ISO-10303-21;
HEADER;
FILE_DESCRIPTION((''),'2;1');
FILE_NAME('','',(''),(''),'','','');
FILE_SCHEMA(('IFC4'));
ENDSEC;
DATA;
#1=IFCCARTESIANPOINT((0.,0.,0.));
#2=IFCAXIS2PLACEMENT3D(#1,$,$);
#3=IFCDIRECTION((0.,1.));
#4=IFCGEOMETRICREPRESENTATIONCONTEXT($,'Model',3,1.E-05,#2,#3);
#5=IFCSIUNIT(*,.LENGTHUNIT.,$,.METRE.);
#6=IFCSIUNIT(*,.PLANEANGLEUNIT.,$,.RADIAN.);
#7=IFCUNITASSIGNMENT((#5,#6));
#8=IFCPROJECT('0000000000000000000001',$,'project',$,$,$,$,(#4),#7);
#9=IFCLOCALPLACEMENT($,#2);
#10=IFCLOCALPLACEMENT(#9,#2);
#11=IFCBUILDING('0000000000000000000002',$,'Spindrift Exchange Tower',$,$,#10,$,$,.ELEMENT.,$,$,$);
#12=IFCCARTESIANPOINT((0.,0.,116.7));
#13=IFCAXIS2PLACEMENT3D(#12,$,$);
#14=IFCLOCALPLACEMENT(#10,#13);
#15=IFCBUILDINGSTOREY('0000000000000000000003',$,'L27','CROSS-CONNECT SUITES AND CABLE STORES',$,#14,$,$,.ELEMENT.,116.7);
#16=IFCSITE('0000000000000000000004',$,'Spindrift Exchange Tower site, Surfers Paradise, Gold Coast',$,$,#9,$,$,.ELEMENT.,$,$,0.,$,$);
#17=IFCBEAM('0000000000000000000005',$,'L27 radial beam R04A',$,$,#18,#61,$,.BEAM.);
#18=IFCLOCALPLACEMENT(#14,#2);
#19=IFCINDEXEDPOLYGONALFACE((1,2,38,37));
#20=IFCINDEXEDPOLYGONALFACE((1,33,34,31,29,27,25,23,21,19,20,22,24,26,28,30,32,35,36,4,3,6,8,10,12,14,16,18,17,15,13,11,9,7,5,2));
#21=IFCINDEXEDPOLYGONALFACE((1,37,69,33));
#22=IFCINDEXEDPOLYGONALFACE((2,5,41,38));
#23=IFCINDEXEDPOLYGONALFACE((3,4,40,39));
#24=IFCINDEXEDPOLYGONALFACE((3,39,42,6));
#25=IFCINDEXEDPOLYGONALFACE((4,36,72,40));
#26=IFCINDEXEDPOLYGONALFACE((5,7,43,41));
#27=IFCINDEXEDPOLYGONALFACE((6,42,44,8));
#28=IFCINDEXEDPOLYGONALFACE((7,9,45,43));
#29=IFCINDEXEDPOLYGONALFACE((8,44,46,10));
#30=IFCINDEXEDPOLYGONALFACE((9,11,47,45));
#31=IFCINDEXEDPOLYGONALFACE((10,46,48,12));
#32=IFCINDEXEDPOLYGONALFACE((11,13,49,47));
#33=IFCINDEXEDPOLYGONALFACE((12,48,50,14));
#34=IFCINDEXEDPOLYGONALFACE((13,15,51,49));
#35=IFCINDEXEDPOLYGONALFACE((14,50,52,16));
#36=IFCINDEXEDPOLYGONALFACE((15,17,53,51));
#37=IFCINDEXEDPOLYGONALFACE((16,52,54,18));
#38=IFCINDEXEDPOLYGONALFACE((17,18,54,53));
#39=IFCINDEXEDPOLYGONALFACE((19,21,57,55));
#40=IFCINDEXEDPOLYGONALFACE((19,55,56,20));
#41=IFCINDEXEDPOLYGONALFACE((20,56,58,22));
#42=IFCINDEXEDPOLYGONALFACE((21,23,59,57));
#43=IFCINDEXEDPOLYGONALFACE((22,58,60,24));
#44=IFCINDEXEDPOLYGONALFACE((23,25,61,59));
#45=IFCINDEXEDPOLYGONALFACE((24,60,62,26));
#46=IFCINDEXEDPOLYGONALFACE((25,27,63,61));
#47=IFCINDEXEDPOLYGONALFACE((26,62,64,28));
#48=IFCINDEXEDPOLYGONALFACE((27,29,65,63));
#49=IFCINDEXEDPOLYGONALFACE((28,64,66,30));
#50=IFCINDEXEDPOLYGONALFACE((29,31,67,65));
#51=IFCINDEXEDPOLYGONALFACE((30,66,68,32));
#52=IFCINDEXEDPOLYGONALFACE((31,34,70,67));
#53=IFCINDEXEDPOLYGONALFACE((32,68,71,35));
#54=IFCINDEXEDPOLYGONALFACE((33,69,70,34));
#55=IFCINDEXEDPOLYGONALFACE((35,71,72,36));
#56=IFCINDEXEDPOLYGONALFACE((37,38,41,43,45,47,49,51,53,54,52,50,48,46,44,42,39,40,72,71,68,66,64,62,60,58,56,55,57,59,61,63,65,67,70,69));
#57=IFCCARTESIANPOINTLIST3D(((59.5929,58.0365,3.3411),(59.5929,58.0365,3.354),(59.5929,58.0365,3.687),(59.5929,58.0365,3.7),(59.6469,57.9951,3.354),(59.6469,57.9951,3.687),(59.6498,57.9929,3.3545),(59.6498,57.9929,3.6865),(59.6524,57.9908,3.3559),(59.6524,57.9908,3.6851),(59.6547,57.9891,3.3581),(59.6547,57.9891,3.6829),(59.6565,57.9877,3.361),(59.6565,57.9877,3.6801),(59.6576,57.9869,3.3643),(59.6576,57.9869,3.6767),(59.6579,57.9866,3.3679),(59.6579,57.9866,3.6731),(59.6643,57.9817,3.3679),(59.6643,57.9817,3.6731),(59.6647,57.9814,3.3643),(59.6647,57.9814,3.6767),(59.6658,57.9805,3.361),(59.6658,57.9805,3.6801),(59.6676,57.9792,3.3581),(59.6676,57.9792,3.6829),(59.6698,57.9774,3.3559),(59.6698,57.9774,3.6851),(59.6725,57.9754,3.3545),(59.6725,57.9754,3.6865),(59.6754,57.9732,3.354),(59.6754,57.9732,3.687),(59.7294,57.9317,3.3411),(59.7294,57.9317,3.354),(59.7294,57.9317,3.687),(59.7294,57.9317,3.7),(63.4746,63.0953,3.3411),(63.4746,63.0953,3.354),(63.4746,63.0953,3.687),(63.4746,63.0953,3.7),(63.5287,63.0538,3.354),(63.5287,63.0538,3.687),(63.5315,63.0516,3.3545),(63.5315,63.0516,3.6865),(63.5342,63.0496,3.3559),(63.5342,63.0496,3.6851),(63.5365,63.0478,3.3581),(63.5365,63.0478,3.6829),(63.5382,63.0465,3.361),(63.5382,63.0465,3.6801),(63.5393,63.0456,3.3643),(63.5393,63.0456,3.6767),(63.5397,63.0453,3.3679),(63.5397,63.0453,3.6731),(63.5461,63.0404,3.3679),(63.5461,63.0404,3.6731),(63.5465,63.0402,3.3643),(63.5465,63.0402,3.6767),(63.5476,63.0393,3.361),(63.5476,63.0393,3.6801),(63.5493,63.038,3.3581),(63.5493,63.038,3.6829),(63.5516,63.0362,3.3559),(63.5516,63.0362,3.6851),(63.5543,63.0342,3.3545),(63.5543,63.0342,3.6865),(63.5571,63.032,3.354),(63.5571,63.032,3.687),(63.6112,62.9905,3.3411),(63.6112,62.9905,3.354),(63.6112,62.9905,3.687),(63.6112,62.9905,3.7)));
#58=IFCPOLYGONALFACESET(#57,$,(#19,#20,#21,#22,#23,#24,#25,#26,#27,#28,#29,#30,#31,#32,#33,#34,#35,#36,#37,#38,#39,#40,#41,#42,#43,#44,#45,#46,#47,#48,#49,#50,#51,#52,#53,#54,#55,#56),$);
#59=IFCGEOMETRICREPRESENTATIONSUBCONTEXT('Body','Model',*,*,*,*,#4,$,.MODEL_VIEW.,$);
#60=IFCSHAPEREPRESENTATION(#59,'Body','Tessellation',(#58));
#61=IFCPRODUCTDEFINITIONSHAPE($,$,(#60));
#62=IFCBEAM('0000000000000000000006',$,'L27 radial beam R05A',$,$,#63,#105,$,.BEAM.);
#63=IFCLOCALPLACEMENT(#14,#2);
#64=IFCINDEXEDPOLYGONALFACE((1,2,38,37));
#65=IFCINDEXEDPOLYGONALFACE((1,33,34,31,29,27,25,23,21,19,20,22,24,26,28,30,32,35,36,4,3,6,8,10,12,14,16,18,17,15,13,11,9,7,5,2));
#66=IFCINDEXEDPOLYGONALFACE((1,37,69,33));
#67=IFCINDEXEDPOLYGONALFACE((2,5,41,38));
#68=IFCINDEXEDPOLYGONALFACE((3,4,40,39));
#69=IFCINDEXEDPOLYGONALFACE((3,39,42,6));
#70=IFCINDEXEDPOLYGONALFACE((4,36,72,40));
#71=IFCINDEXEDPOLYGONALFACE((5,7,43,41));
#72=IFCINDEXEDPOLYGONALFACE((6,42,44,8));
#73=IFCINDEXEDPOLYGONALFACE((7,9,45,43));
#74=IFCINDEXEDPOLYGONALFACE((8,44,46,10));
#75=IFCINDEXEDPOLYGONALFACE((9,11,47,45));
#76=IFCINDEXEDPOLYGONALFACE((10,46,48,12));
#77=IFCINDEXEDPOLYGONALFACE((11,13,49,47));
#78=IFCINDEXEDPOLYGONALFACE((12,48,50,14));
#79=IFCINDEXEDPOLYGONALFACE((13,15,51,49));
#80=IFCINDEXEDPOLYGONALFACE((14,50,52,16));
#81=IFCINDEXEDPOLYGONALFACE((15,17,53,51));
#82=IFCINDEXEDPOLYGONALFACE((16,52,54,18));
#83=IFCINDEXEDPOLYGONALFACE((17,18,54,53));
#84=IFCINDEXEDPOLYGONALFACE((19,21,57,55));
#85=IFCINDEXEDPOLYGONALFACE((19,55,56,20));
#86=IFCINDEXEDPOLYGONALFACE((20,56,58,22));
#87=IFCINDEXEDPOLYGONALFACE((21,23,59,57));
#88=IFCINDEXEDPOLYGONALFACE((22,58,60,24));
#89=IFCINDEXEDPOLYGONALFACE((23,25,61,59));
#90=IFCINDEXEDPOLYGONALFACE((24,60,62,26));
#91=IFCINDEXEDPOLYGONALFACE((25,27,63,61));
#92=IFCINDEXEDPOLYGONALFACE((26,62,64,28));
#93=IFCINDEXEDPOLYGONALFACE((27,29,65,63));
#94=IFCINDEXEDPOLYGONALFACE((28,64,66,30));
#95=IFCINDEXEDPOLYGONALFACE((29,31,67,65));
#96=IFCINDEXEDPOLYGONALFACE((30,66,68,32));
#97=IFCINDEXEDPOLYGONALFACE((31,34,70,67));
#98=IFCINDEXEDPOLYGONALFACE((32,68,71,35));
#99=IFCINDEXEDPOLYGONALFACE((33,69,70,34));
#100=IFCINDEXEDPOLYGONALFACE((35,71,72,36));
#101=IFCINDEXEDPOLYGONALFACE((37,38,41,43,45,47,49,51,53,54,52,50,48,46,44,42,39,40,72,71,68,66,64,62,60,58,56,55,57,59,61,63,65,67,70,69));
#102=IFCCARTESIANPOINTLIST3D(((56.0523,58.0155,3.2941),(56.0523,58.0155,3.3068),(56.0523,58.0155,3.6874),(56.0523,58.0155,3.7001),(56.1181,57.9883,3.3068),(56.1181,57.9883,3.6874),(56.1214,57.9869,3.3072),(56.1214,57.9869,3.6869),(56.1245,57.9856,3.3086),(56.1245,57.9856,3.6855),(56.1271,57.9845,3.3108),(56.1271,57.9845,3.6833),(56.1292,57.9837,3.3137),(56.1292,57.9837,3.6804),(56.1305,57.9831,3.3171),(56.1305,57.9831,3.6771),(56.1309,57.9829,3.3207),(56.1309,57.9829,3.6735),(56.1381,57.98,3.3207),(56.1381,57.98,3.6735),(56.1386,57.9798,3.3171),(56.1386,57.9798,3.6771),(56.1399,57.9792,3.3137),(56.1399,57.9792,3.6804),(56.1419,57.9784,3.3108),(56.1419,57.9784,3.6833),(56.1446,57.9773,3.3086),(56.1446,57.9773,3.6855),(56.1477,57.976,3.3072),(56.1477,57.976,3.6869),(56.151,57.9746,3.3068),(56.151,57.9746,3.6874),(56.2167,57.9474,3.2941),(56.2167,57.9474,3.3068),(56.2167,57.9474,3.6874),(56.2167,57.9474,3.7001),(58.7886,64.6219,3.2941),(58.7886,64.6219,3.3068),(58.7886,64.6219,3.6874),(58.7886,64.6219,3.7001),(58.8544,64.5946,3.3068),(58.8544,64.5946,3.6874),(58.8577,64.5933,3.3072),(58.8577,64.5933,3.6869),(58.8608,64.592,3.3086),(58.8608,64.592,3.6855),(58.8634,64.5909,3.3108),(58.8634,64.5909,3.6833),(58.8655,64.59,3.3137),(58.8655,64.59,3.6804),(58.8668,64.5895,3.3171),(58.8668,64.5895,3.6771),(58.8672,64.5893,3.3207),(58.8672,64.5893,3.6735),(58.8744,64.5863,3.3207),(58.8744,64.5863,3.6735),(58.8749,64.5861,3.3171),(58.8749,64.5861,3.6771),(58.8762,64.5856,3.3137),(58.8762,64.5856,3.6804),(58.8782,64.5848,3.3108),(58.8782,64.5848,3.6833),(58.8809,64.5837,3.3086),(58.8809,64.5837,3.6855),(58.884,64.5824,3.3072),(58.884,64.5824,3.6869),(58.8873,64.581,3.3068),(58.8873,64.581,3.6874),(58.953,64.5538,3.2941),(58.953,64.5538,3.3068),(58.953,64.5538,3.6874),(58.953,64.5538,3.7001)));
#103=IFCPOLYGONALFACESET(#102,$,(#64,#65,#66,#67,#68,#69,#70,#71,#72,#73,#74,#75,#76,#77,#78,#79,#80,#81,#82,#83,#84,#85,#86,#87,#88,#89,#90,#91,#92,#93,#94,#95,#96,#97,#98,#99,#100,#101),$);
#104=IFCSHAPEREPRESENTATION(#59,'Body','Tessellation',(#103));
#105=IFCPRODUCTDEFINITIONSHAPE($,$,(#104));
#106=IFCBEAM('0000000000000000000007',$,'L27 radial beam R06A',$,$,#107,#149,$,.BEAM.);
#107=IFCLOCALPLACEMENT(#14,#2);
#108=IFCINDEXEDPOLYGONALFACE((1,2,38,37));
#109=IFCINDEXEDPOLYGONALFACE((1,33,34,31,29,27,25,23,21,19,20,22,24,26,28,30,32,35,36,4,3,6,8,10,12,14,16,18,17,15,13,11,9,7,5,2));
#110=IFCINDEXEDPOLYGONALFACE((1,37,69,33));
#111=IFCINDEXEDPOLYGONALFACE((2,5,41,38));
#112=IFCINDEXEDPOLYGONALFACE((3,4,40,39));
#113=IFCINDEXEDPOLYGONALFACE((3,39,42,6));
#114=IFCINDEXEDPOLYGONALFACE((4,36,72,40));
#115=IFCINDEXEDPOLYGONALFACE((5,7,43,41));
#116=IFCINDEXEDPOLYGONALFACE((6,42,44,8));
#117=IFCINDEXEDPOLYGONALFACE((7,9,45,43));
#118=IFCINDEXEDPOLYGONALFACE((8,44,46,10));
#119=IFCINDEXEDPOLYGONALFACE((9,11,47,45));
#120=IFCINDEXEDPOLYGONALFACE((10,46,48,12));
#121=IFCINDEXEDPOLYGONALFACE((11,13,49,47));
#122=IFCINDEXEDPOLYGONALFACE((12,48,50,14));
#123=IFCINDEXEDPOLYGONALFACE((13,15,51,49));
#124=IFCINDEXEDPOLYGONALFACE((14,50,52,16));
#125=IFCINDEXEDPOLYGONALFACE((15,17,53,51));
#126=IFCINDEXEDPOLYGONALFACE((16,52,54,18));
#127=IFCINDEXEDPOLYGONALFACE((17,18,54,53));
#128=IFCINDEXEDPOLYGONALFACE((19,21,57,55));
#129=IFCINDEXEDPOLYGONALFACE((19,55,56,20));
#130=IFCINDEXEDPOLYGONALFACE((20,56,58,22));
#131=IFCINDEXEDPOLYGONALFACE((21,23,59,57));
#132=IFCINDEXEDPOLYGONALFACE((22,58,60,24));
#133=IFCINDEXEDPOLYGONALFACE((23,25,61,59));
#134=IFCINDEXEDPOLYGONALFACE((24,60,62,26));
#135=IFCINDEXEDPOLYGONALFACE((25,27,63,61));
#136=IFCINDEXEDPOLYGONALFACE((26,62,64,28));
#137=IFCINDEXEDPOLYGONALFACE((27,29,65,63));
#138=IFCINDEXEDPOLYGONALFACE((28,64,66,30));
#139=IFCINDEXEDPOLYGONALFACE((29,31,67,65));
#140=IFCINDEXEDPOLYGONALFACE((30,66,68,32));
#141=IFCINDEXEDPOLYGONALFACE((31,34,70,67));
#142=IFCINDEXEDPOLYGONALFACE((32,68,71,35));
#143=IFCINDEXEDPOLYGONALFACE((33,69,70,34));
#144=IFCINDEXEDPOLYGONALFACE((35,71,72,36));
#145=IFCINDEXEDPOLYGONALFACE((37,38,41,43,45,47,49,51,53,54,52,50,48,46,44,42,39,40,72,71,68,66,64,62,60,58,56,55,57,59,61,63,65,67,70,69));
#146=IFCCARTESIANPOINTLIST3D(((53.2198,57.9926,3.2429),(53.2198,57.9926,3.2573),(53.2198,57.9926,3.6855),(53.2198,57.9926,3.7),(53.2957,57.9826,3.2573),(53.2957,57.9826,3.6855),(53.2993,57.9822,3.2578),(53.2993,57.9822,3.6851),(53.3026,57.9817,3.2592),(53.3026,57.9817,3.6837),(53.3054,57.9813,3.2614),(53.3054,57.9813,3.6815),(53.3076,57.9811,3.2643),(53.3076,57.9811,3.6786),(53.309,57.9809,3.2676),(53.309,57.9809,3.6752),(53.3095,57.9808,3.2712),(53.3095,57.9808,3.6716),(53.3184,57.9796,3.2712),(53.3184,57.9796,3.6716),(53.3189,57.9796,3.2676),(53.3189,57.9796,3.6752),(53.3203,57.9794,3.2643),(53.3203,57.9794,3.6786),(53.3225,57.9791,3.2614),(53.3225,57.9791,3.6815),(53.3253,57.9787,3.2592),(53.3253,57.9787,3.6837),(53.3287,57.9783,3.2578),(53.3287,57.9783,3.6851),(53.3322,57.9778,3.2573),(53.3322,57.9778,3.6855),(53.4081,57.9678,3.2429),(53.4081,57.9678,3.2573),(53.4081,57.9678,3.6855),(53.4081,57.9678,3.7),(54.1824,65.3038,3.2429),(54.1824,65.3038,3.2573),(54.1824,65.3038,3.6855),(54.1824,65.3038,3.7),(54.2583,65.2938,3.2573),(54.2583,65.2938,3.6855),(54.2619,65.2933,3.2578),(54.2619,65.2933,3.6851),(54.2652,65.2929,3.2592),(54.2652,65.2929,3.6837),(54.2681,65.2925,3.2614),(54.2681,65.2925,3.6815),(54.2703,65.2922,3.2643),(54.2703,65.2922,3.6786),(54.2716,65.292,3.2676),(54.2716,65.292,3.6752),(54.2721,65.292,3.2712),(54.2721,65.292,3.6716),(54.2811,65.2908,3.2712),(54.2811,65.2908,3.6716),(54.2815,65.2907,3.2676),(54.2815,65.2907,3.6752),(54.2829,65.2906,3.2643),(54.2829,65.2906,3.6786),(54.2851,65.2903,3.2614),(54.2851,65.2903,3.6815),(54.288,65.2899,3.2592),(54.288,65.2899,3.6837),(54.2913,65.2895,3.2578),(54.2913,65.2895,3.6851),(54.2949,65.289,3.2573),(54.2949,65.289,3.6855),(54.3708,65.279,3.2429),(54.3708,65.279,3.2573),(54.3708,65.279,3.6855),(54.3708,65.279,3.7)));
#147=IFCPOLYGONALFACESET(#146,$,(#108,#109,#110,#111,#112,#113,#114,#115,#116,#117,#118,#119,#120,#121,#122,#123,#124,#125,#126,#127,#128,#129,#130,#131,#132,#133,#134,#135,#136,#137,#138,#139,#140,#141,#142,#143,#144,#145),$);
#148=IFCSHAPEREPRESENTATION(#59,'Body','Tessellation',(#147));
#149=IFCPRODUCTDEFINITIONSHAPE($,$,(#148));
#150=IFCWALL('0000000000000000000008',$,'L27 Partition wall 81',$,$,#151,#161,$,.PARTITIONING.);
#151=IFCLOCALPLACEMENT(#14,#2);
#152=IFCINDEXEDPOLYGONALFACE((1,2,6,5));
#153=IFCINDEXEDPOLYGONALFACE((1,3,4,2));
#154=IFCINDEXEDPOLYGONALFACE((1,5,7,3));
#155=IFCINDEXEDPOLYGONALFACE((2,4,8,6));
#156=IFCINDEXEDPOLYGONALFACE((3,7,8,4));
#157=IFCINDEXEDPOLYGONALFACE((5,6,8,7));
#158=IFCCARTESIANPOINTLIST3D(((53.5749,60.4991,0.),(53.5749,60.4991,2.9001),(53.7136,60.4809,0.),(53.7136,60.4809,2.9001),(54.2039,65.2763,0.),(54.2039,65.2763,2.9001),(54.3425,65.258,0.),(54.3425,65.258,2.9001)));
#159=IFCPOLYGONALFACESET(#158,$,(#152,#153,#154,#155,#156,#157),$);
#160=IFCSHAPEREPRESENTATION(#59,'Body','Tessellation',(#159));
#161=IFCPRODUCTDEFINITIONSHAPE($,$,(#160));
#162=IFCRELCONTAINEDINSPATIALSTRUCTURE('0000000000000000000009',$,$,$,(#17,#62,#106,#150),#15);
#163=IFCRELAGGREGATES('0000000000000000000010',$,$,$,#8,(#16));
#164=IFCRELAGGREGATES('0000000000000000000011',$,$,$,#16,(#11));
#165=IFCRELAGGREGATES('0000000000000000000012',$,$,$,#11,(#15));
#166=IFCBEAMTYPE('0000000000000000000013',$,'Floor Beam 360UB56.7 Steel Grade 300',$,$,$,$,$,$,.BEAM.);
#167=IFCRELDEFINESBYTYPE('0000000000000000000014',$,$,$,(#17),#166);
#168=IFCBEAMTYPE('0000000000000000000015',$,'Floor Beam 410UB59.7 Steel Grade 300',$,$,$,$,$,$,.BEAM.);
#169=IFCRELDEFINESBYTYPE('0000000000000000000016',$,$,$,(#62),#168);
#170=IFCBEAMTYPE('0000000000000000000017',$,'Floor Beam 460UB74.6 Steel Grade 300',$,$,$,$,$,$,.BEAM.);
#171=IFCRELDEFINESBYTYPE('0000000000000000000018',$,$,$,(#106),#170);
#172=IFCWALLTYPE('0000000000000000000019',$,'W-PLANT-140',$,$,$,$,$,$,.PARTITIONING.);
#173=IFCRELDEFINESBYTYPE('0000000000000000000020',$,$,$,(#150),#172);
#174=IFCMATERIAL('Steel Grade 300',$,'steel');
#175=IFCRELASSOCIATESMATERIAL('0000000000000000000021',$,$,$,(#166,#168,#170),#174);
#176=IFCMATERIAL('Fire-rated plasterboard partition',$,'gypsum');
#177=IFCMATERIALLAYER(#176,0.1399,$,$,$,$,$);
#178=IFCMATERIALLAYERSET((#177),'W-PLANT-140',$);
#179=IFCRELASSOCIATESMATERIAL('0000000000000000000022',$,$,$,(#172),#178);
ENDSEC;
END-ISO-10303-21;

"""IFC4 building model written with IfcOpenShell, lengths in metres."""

from ifc_helpers import new_model, si_unit, direction, frame, frame_2d, origin, origin_2d, place, context, subcontext, project, spatial, rectangle, i_section, extrude, source, transform, mapped, material, layer, layer_set, material_profile, profile_set, type_object, element, save


model = new_model("IFC4")

# Units and contexts
model_context = context("Model", 3, precision=1e-05, world=origin(), true_north=direction((0.0, 1.0)))
body_context = subcontext(model_context, "Body", "Model", "MODEL_VIEW")
ifc_project = project(units=[si_unit("LENGTHUNIT", "METRE"), si_unit("PLANEANGLEUNIT", "RADIAN")], contexts=[model_context])

# Site, building, storey
site_placement = place(None, origin())
site = spatial("IfcSite", under=ifc_project, at=site_placement, Name="Spindrift Exchange Tower site, Surfers Paradise, Gold Coast", CompositionType="ELEMENT", RefElevation=0.0)
building_placement = place(site_placement, origin())
building = spatial("IfcBuilding", under=site, at=building_placement, Name="Spindrift Exchange Tower", CompositionType="ELEMENT")
storey_placement = place(building_placement, frame((0.0, 0.0, 116.7)))
storey = spatial("IfcBuildingStorey", under=building, at=storey_placement, Name="L27", Description="CROSS-CONNECT SUITES AND CABLE STORES", CompositionType="ELEMENT", Elevation=116.7)

# Beams
ifc_material_1 = material(Name="Steel Grade 300", Category="steel")
ifc_material_profile_1 = material_profile(ifc_material_1, i_section(OverallWidth=0.1721, OverallDepth=0.3589, WebThickness=0.0081, FlangeThickness=0.0129, FilletRadius=0.0139, at=origin_2d()), Name="360UB56.7")
ifc_profile_set_1 = profile_set([ifc_material_profile_1], Name="Steel Grade 300")
beam_type_1 = type_object("IfcBeamType", Name="Floor Beam 360UB56.7 Steel Grade 300", PredefinedType="BEAM", material=ifc_profile_set_1)
shared_shape_1 = source(origin(), body_context, "Body", "SweptSolid", [
    extrude(i_section(OverallWidth=0.1721, OverallDepth=0.3589, WebThickness=0.0081, FlangeThickness=0.0129, FilletRadius=0.0139, at=origin_2d()), origin(), (0.0, 0.0, 1.0), 6.3765),
])
beam_1_placement = place(storey_placement, frame((59.6611, 57.9841, 3.5205), z_axis=(0.608767, 0.793349, 0.0), x_axis=(-0.793349, 0.608767, 0.0)))
element("IfcBeam", 1, at=beam_1_placement, inside=storey, type_object=beam_type_1, Name="L27 radial beam R04A", PredefinedType="BEAM", context=body_context, shape_type="MappedRepresentation", body=[
    mapped(shared_shape_1, transform((0.0, 0.0, 0.0), scale=1.0)),
])
ifc_material_profile_2 = material_profile(ifc_material_1, i_section(OverallWidth=0.178, OverallDepth=0.406, WebThickness=0.0078, FlangeThickness=0.0127, FilletRadius=0.0139, at=origin_2d()), Name="410UB59.7")
ifc_profile_set_2 = profile_set([ifc_material_profile_2], Name="Steel Grade 300")
beam_type_2 = type_object("IfcBeamType", Name="Floor Beam 410UB59.7 Steel Grade 300", PredefinedType="BEAM", material=ifc_profile_set_2)
shared_shape_2 = source(origin(), body_context, "Body", "SweptSolid", [
    extrude(i_section(OverallWidth=0.178, OverallDepth=0.406, WebThickness=0.0078, FlangeThickness=0.0127, FilletRadius=0.0139, at=origin_2d()), origin(), (0.0, 0.0, 1.0), 7.1506),
])
beam_2_placement = place(storey_placement, frame((56.1345, 57.9814, 3.4971), z_axis=(0.382665, 0.923887, 0.0), x_axis=(-0.923887, 0.382665, 0.0)))
element("IfcBeam", 2, at=beam_2_placement, inside=storey, type_object=beam_type_2, Name="L27 radial beam R05A", PredefinedType="BEAM", context=body_context, shape_type="MappedRepresentation", body=[
    mapped(shared_shape_2, transform((0.0, 0.0, 0.0), scale=1.0)),
])
ifc_material_profile_3 = material_profile(ifc_material_1, i_section(OverallWidth=0.1899, OverallDepth=0.457, WebThickness=0.009, FlangeThickness=0.0144, FilletRadius=0.0139, at=origin_2d()), Name="460UB74.6")
ifc_profile_set_3 = profile_set([ifc_material_profile_3], Name="Steel Grade 300")
beam_type_3 = type_object("IfcBeamType", Name="Floor Beam 460UB74.6 Steel Grade 300", PredefinedType="BEAM", material=ifc_profile_set_3)
shared_shape_3 = source(origin(), body_context, "Body", "SweptSolid", [
    extrude(i_section(OverallWidth=0.1899, OverallDepth=0.457, WebThickness=0.009, FlangeThickness=0.0144, FilletRadius=0.0139, at=origin_2d()), origin(), (0.0, 0.0, 1.0), 7.3743),
])
beam_3_placement = place(storey_placement, frame((53.314, 57.9802, 3.4714), z_axis=(0.130539, 0.991443, 0.0), x_axis=(-0.991443, 0.130539, 0.0)))
element("IfcBeam", 3, at=beam_3_placement, inside=storey, type_object=beam_type_3, Name="L27 radial beam R06A", PredefinedType="BEAM", context=body_context, shape_type="MappedRepresentation", body=[
    mapped(shared_shape_3, transform((0.0, 0.0, 0.0), scale=1.0)),
])

# Wall
ifc_material_2 = material(Name="Fire-rated plasterboard partition", Category="gypsum")
ifc_layer_1 = layer(ifc_material_2, 0.1399)
ifc_layer_set_1 = layer_set([ifc_layer_1], Name="W-PLANT-140")
wall_type_1 = type_object("IfcWallType", Name="W-PLANT-140", PredefinedType="PARTITIONING", material=ifc_layer_set_1)
wall_1_placement = place(storey_placement, frame((53.6443, 60.49, 0.0), z_axis=(0.0, 0.0, 1.0), x_axis=(0.130524, 0.991445, 0.0)))
element("IfcWall", 4, at=wall_1_placement, inside=storey, type_object=wall_type_1, Name="L27 Partition wall 81", PredefinedType="PARTITIONING", context=body_context, shape_type="SweptSolid", body=[
    extrude(rectangle(XDim=4.8184, YDim=0.1399, at=frame_2d((2.4092, 0.0))), origin(), (0.0, 0.0, 1.0), 2.9001),
])

save(model, "model.ifc")
